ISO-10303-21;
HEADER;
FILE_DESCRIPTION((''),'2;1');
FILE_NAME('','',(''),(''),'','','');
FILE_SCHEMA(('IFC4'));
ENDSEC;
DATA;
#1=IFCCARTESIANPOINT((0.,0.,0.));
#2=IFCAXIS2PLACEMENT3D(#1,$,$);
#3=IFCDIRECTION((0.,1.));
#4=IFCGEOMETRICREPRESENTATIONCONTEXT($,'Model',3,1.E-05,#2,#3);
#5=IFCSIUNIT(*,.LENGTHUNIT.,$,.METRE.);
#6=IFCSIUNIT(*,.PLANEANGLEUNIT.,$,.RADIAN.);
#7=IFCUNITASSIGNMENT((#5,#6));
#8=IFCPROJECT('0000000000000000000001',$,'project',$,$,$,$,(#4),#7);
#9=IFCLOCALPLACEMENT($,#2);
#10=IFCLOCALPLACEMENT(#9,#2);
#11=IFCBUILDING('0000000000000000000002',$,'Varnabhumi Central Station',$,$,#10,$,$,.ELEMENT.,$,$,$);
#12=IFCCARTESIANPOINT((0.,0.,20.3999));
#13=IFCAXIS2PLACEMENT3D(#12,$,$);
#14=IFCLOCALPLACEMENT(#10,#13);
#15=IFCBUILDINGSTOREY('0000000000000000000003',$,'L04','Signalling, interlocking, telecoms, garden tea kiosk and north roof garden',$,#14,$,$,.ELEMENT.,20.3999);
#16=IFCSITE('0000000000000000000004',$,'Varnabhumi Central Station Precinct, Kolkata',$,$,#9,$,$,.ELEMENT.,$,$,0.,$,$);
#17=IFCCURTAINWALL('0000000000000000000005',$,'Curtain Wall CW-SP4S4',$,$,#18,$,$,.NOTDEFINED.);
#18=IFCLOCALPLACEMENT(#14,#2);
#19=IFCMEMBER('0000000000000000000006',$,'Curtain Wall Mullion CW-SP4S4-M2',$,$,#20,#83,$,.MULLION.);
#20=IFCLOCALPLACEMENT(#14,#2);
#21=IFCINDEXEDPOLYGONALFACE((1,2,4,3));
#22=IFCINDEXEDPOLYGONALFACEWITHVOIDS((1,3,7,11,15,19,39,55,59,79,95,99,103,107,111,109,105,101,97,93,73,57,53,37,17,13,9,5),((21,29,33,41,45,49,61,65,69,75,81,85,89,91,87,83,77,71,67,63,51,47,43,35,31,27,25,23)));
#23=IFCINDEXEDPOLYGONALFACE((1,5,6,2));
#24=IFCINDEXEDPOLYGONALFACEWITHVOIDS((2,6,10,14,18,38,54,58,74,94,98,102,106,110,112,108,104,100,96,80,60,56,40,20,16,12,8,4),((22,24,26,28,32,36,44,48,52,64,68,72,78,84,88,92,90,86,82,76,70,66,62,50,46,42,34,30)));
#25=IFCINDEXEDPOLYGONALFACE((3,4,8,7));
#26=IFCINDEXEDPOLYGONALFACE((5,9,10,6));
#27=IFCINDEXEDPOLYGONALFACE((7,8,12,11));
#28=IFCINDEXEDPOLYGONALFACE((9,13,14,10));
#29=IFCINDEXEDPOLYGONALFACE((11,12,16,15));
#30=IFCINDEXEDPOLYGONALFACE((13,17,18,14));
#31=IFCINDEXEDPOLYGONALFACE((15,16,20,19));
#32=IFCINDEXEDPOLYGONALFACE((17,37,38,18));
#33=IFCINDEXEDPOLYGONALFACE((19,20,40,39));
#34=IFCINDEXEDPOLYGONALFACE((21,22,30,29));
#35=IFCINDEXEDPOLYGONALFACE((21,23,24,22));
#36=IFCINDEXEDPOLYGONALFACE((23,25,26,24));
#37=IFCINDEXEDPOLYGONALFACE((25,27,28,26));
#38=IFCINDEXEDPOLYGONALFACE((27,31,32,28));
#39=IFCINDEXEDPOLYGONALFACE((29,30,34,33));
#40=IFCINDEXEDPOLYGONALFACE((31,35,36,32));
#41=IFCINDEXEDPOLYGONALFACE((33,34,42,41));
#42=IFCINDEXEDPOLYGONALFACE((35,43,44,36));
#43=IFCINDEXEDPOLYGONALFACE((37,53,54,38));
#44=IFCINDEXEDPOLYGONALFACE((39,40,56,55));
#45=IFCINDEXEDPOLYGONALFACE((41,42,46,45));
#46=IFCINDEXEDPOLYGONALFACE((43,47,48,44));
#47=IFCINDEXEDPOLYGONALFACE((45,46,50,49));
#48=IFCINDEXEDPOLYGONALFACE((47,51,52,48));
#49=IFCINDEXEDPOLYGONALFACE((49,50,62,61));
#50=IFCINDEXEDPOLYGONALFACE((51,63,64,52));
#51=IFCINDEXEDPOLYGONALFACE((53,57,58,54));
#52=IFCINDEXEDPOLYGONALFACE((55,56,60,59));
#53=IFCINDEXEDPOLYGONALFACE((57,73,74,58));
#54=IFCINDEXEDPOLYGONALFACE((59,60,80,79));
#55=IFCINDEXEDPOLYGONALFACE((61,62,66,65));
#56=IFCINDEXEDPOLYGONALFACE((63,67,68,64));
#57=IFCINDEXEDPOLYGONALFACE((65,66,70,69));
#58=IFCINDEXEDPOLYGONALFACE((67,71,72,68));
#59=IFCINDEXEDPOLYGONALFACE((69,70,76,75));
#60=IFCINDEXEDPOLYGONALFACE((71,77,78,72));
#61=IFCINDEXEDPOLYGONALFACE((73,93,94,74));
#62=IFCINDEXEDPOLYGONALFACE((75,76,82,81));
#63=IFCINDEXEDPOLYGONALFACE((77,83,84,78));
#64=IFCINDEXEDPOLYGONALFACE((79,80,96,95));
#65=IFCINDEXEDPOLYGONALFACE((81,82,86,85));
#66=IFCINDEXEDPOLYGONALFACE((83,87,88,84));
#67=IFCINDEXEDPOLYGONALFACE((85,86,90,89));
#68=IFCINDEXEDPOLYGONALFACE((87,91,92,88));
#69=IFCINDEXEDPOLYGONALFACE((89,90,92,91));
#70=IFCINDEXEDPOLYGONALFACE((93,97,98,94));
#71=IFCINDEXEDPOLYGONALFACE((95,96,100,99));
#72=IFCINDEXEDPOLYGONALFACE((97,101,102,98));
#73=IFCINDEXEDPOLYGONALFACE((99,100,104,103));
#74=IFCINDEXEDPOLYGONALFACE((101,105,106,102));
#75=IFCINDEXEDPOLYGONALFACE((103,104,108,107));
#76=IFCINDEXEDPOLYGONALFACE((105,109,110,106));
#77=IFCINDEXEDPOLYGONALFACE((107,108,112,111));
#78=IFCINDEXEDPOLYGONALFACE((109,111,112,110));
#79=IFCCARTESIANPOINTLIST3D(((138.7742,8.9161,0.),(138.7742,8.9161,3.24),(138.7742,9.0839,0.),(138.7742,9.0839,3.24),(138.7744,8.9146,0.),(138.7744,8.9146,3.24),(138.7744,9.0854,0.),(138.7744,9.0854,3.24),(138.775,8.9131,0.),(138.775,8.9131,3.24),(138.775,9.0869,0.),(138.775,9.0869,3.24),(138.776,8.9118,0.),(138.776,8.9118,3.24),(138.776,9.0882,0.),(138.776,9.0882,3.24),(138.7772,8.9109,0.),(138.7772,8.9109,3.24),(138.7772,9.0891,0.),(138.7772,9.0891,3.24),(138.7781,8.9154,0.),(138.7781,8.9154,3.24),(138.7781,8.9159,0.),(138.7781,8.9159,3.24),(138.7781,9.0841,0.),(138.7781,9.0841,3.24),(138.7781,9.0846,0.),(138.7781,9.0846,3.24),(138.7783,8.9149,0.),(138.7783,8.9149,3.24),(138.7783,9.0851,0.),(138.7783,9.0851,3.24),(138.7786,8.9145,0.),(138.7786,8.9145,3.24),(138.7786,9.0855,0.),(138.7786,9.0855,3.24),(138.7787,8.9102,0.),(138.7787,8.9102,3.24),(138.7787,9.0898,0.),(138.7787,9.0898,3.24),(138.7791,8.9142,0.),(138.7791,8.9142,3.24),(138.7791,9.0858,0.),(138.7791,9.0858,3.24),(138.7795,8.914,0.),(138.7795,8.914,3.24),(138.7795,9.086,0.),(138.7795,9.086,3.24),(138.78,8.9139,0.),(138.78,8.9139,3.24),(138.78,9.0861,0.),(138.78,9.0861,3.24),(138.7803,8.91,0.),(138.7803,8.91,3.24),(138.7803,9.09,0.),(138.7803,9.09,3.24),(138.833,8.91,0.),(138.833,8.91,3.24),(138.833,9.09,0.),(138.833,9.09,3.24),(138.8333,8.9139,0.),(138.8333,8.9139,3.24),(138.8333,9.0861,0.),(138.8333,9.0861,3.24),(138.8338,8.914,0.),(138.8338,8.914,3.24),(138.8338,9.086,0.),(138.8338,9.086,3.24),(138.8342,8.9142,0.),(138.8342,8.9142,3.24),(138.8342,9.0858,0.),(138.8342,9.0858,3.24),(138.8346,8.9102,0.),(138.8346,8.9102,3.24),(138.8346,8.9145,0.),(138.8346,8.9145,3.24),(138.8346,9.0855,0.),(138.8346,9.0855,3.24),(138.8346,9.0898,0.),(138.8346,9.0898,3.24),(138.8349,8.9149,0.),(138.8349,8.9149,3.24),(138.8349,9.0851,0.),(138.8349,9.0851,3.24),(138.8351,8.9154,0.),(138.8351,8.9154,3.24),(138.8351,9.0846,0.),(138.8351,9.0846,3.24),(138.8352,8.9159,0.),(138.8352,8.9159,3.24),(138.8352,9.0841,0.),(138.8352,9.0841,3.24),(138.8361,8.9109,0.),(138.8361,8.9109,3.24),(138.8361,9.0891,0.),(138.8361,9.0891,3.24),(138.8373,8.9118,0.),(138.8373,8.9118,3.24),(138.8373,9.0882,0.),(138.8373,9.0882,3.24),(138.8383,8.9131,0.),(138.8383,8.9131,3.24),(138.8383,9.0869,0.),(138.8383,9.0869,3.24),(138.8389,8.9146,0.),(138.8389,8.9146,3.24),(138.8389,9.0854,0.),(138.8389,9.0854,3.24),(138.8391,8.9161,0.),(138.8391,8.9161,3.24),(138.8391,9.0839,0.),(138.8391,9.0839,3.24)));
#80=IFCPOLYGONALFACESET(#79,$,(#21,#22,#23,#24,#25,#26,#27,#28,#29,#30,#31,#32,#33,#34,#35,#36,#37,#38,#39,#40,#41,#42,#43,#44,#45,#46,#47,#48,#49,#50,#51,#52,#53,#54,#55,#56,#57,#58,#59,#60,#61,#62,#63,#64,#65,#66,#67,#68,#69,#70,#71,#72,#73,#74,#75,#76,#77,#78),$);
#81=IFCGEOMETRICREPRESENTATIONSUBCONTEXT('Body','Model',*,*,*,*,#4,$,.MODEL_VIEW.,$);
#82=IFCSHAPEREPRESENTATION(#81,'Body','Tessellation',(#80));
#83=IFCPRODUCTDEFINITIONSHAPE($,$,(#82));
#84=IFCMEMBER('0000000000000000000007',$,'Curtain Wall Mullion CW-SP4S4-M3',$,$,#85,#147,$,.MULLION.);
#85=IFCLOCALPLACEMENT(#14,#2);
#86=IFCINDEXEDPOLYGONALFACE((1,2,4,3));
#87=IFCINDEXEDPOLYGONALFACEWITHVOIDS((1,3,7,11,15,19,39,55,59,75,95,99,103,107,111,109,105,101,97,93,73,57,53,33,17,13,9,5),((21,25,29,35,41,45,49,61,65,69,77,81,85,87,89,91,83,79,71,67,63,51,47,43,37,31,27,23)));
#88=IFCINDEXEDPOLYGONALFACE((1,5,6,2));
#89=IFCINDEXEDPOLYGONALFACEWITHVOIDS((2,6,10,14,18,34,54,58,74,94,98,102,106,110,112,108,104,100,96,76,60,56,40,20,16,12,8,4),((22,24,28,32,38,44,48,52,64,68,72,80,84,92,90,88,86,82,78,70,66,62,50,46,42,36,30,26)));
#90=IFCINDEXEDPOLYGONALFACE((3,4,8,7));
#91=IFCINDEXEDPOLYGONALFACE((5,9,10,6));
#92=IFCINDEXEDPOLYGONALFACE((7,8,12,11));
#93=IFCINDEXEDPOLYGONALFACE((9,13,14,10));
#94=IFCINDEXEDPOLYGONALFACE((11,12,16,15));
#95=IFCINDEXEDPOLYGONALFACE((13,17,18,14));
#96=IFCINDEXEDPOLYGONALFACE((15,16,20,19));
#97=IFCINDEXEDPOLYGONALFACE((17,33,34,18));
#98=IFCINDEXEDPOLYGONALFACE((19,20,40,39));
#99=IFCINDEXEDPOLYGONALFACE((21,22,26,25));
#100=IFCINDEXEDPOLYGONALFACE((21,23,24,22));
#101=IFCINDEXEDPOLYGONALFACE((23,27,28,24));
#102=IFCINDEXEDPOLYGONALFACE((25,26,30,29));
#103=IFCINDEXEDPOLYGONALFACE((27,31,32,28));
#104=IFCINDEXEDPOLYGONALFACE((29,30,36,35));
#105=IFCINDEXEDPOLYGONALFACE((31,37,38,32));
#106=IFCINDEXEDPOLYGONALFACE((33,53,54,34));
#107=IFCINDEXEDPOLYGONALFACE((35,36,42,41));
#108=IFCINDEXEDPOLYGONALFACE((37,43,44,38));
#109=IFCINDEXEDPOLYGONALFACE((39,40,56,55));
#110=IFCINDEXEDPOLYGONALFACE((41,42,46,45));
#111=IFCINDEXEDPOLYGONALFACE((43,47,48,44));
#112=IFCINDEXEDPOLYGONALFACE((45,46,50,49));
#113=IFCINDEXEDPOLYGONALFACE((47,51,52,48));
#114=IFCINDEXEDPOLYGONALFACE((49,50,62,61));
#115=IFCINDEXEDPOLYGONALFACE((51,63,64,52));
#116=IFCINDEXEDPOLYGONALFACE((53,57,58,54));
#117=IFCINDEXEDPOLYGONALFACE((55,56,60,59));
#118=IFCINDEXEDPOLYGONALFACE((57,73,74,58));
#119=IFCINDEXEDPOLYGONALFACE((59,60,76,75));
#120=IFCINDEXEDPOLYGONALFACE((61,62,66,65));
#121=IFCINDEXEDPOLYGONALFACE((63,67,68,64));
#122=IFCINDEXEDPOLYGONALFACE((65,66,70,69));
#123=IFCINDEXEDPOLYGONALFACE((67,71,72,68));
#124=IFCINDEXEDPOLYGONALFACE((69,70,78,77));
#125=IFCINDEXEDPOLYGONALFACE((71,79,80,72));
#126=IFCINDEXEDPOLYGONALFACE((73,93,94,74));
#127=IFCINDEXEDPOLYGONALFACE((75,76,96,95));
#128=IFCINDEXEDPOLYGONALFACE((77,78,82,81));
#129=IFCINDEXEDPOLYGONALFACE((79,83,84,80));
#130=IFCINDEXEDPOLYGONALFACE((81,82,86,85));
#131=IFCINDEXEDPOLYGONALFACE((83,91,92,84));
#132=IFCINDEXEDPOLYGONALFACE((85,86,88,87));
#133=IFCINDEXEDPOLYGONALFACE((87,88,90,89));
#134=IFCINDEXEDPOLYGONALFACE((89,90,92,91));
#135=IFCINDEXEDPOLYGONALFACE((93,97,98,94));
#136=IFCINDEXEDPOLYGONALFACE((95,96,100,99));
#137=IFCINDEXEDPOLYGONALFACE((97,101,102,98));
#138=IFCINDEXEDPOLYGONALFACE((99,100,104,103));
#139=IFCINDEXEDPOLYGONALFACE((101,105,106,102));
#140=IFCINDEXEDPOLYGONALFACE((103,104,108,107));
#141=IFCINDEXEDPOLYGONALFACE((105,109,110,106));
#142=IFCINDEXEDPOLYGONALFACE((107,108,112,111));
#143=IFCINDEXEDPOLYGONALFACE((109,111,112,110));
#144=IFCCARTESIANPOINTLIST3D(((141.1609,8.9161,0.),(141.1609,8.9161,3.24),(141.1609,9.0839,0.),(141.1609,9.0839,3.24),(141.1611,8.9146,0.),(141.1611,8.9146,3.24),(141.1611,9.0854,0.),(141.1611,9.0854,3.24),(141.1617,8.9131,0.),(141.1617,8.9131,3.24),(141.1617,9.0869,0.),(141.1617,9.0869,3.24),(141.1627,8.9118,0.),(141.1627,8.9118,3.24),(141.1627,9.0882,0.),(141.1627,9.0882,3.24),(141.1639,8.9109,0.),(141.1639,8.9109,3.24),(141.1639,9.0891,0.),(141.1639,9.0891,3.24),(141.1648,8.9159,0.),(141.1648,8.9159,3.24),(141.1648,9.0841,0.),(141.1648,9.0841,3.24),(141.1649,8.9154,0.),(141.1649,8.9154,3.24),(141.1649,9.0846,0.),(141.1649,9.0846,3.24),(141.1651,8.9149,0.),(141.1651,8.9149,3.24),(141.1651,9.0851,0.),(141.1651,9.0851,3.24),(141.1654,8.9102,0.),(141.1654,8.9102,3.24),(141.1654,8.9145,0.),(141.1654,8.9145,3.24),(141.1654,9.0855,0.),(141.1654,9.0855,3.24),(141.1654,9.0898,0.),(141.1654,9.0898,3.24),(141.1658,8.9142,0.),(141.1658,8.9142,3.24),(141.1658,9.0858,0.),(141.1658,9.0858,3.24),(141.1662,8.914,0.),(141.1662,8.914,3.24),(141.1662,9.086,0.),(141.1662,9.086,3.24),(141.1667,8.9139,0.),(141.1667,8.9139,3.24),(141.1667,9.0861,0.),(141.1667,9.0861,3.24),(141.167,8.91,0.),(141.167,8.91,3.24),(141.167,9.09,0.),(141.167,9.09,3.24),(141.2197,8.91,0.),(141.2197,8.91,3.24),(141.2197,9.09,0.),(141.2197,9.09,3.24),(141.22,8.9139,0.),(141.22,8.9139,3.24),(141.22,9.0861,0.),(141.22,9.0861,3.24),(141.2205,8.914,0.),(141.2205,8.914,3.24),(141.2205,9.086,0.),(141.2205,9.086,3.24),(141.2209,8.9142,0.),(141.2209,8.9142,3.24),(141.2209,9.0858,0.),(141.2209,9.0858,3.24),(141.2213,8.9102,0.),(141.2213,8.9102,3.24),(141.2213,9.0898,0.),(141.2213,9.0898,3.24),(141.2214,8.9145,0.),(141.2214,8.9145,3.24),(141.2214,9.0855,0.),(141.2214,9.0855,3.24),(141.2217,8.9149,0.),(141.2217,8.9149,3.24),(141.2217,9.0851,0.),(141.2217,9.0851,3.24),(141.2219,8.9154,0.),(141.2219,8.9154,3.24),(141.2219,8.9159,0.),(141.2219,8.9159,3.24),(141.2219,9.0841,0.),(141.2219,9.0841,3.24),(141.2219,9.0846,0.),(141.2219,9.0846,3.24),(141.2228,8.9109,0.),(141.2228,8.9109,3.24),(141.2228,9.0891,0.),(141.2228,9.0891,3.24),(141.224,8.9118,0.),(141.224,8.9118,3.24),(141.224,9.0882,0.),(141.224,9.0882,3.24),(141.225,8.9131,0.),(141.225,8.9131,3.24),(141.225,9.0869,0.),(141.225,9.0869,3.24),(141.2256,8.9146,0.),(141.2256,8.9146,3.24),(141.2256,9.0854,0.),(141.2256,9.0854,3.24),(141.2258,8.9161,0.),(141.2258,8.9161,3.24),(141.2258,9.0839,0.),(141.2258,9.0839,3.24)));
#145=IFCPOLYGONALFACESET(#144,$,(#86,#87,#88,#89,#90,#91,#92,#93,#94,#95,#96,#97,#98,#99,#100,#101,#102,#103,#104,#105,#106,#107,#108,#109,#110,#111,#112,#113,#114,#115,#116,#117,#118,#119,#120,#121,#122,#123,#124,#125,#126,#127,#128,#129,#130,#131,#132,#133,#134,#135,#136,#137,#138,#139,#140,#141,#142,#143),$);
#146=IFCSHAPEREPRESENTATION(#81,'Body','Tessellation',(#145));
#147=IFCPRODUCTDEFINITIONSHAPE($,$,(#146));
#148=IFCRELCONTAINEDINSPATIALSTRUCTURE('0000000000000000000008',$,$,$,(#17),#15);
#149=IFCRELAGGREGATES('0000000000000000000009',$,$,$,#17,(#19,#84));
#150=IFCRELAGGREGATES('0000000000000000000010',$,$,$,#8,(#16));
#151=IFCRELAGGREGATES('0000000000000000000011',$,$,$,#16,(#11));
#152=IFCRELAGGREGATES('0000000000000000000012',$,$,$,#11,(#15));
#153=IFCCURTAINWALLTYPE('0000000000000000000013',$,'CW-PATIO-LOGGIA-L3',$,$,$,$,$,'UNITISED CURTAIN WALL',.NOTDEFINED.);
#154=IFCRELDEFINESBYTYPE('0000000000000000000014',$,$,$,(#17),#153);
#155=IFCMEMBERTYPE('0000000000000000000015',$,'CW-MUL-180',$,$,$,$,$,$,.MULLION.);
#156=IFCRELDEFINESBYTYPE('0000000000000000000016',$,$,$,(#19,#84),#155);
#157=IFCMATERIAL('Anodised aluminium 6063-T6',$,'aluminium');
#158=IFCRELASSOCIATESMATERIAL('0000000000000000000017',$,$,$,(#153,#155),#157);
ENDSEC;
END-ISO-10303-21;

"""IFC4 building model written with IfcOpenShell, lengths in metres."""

from ifc_helpers import new_model, si_unit, direction, frame, origin, origin_2d, place, context, subcontext, project, spatial, hollow_rectangle, extrude, material, material_profile, profile_set, type_object, element, aggregate, save


model = new_model("IFC4")

# Units and contexts
model_context = context("Model", 3, precision=1e-05, world=origin(), true_north=direction((0.0, 1.0)))
body_context = subcontext(model_context, "Body", "Model", "MODEL_VIEW")
ifc_project = project(units=[si_unit("LENGTHUNIT", "METRE"), si_unit("PLANEANGLEUNIT", "RADIAN")], contexts=[model_context])

# Site, building, storey
site_placement = place(None, origin())
site = spatial("IfcSite", under=ifc_project, at=site_placement, Name="Varnabhumi Central Station Precinct, Kolkata", CompositionType="ELEMENT", RefElevation=0.0)
building_placement = place(site_placement, origin())
building = spatial("IfcBuilding", under=site, at=building_placement, Name="Varnabhumi Central Station", CompositionType="ELEMENT")
storey_placement = place(building_placement, frame((0.0, 0.0, 20.3999)))
storey = spatial("IfcBuildingStorey", under=building, at=storey_placement, Name="L04", Description="Signalling, interlocking, telecoms, garden tea kiosk and north roof garden", CompositionType="ELEMENT", Elevation=20.3999)

# Shared definitions
ifc_material_1 = material(Name="Anodised aluminium 6063-T6", Category="aluminium")
curtain_wall_type = type_object("IfcCurtainWallType", Name="CW-PATIO-LOGGIA-L3", ElementType="UNITISED CURTAIN WALL", PredefinedType="NOTDEFINED", material=ifc_material_1)
ifc_material_profile_1 = material_profile(ifc_material_1, hollow_rectangle(XDim=0.0649, YDim=0.1799, WallThickness=0.0039, InnerFilletRadius=0.002, OuterFilletRadius=0.0061, at=origin_2d()), Name="Anodised aluminium 6063-T6", Category="aluminium")
ifc_profile_set_1 = profile_set([ifc_material_profile_1], Name="Anodised aluminium 6063-T6")
member_type_1 = type_object("IfcMemberType", Name="CW-MUL-180", PredefinedType="MULLION", material=ifc_profile_set_1)

# Curtain wall, members
curtain_wall_1_placement = place(storey_placement, origin())
curtain_wall_1 = element("IfcCurtainWall", 1, at=curtain_wall_1_placement, inside=storey, type_object=curtain_wall_type, Name="Curtain Wall CW-SP4S4", PredefinedType="NOTDEFINED")
member_1_placement = place(storey_placement, frame((138.8066, 9.0, 0.0), z_axis=(0.0, 0.0, 1.0), x_axis=(1.0, 0.0, 0.0)))
member_1 = element("IfcMember", 2, at=member_1_placement, type_object=member_type_1, Name="Curtain Wall Mullion CW-SP4S4-M2", PredefinedType="MULLION", context=body_context, shape_type="SweptSolid", body=[
    extrude(hollow_rectangle(XDim=0.0649, YDim=0.1799, WallThickness=0.0039, InnerFilletRadius=0.002, OuterFilletRadius=0.0061, at=origin_2d()), origin(), (0.0, 0.0, 1.0), 3.24),
])
member_2_placement = place(storey_placement, frame((141.1934, 9.0, 0.0), z_axis=(0.0, 0.0, 1.0), x_axis=(1.0, 0.0, 0.0)))
member_2 = element("IfcMember", 3, at=member_2_placement, type_object=member_type_1, Name="Curtain Wall Mullion CW-SP4S4-M3", PredefinedType="MULLION", context=body_context, shape_type="SweptSolid", body=[
    extrude(hollow_rectangle(XDim=0.0649, YDim=0.1799, WallThickness=0.0039, InnerFilletRadius=0.002, OuterFilletRadius=0.0061, at=origin_2d()), origin(), (0.0, 0.0, 1.0), 3.24),
])

aggregate(curtain_wall_1, [member_1, member_2])

save(model, "model.ifc")
